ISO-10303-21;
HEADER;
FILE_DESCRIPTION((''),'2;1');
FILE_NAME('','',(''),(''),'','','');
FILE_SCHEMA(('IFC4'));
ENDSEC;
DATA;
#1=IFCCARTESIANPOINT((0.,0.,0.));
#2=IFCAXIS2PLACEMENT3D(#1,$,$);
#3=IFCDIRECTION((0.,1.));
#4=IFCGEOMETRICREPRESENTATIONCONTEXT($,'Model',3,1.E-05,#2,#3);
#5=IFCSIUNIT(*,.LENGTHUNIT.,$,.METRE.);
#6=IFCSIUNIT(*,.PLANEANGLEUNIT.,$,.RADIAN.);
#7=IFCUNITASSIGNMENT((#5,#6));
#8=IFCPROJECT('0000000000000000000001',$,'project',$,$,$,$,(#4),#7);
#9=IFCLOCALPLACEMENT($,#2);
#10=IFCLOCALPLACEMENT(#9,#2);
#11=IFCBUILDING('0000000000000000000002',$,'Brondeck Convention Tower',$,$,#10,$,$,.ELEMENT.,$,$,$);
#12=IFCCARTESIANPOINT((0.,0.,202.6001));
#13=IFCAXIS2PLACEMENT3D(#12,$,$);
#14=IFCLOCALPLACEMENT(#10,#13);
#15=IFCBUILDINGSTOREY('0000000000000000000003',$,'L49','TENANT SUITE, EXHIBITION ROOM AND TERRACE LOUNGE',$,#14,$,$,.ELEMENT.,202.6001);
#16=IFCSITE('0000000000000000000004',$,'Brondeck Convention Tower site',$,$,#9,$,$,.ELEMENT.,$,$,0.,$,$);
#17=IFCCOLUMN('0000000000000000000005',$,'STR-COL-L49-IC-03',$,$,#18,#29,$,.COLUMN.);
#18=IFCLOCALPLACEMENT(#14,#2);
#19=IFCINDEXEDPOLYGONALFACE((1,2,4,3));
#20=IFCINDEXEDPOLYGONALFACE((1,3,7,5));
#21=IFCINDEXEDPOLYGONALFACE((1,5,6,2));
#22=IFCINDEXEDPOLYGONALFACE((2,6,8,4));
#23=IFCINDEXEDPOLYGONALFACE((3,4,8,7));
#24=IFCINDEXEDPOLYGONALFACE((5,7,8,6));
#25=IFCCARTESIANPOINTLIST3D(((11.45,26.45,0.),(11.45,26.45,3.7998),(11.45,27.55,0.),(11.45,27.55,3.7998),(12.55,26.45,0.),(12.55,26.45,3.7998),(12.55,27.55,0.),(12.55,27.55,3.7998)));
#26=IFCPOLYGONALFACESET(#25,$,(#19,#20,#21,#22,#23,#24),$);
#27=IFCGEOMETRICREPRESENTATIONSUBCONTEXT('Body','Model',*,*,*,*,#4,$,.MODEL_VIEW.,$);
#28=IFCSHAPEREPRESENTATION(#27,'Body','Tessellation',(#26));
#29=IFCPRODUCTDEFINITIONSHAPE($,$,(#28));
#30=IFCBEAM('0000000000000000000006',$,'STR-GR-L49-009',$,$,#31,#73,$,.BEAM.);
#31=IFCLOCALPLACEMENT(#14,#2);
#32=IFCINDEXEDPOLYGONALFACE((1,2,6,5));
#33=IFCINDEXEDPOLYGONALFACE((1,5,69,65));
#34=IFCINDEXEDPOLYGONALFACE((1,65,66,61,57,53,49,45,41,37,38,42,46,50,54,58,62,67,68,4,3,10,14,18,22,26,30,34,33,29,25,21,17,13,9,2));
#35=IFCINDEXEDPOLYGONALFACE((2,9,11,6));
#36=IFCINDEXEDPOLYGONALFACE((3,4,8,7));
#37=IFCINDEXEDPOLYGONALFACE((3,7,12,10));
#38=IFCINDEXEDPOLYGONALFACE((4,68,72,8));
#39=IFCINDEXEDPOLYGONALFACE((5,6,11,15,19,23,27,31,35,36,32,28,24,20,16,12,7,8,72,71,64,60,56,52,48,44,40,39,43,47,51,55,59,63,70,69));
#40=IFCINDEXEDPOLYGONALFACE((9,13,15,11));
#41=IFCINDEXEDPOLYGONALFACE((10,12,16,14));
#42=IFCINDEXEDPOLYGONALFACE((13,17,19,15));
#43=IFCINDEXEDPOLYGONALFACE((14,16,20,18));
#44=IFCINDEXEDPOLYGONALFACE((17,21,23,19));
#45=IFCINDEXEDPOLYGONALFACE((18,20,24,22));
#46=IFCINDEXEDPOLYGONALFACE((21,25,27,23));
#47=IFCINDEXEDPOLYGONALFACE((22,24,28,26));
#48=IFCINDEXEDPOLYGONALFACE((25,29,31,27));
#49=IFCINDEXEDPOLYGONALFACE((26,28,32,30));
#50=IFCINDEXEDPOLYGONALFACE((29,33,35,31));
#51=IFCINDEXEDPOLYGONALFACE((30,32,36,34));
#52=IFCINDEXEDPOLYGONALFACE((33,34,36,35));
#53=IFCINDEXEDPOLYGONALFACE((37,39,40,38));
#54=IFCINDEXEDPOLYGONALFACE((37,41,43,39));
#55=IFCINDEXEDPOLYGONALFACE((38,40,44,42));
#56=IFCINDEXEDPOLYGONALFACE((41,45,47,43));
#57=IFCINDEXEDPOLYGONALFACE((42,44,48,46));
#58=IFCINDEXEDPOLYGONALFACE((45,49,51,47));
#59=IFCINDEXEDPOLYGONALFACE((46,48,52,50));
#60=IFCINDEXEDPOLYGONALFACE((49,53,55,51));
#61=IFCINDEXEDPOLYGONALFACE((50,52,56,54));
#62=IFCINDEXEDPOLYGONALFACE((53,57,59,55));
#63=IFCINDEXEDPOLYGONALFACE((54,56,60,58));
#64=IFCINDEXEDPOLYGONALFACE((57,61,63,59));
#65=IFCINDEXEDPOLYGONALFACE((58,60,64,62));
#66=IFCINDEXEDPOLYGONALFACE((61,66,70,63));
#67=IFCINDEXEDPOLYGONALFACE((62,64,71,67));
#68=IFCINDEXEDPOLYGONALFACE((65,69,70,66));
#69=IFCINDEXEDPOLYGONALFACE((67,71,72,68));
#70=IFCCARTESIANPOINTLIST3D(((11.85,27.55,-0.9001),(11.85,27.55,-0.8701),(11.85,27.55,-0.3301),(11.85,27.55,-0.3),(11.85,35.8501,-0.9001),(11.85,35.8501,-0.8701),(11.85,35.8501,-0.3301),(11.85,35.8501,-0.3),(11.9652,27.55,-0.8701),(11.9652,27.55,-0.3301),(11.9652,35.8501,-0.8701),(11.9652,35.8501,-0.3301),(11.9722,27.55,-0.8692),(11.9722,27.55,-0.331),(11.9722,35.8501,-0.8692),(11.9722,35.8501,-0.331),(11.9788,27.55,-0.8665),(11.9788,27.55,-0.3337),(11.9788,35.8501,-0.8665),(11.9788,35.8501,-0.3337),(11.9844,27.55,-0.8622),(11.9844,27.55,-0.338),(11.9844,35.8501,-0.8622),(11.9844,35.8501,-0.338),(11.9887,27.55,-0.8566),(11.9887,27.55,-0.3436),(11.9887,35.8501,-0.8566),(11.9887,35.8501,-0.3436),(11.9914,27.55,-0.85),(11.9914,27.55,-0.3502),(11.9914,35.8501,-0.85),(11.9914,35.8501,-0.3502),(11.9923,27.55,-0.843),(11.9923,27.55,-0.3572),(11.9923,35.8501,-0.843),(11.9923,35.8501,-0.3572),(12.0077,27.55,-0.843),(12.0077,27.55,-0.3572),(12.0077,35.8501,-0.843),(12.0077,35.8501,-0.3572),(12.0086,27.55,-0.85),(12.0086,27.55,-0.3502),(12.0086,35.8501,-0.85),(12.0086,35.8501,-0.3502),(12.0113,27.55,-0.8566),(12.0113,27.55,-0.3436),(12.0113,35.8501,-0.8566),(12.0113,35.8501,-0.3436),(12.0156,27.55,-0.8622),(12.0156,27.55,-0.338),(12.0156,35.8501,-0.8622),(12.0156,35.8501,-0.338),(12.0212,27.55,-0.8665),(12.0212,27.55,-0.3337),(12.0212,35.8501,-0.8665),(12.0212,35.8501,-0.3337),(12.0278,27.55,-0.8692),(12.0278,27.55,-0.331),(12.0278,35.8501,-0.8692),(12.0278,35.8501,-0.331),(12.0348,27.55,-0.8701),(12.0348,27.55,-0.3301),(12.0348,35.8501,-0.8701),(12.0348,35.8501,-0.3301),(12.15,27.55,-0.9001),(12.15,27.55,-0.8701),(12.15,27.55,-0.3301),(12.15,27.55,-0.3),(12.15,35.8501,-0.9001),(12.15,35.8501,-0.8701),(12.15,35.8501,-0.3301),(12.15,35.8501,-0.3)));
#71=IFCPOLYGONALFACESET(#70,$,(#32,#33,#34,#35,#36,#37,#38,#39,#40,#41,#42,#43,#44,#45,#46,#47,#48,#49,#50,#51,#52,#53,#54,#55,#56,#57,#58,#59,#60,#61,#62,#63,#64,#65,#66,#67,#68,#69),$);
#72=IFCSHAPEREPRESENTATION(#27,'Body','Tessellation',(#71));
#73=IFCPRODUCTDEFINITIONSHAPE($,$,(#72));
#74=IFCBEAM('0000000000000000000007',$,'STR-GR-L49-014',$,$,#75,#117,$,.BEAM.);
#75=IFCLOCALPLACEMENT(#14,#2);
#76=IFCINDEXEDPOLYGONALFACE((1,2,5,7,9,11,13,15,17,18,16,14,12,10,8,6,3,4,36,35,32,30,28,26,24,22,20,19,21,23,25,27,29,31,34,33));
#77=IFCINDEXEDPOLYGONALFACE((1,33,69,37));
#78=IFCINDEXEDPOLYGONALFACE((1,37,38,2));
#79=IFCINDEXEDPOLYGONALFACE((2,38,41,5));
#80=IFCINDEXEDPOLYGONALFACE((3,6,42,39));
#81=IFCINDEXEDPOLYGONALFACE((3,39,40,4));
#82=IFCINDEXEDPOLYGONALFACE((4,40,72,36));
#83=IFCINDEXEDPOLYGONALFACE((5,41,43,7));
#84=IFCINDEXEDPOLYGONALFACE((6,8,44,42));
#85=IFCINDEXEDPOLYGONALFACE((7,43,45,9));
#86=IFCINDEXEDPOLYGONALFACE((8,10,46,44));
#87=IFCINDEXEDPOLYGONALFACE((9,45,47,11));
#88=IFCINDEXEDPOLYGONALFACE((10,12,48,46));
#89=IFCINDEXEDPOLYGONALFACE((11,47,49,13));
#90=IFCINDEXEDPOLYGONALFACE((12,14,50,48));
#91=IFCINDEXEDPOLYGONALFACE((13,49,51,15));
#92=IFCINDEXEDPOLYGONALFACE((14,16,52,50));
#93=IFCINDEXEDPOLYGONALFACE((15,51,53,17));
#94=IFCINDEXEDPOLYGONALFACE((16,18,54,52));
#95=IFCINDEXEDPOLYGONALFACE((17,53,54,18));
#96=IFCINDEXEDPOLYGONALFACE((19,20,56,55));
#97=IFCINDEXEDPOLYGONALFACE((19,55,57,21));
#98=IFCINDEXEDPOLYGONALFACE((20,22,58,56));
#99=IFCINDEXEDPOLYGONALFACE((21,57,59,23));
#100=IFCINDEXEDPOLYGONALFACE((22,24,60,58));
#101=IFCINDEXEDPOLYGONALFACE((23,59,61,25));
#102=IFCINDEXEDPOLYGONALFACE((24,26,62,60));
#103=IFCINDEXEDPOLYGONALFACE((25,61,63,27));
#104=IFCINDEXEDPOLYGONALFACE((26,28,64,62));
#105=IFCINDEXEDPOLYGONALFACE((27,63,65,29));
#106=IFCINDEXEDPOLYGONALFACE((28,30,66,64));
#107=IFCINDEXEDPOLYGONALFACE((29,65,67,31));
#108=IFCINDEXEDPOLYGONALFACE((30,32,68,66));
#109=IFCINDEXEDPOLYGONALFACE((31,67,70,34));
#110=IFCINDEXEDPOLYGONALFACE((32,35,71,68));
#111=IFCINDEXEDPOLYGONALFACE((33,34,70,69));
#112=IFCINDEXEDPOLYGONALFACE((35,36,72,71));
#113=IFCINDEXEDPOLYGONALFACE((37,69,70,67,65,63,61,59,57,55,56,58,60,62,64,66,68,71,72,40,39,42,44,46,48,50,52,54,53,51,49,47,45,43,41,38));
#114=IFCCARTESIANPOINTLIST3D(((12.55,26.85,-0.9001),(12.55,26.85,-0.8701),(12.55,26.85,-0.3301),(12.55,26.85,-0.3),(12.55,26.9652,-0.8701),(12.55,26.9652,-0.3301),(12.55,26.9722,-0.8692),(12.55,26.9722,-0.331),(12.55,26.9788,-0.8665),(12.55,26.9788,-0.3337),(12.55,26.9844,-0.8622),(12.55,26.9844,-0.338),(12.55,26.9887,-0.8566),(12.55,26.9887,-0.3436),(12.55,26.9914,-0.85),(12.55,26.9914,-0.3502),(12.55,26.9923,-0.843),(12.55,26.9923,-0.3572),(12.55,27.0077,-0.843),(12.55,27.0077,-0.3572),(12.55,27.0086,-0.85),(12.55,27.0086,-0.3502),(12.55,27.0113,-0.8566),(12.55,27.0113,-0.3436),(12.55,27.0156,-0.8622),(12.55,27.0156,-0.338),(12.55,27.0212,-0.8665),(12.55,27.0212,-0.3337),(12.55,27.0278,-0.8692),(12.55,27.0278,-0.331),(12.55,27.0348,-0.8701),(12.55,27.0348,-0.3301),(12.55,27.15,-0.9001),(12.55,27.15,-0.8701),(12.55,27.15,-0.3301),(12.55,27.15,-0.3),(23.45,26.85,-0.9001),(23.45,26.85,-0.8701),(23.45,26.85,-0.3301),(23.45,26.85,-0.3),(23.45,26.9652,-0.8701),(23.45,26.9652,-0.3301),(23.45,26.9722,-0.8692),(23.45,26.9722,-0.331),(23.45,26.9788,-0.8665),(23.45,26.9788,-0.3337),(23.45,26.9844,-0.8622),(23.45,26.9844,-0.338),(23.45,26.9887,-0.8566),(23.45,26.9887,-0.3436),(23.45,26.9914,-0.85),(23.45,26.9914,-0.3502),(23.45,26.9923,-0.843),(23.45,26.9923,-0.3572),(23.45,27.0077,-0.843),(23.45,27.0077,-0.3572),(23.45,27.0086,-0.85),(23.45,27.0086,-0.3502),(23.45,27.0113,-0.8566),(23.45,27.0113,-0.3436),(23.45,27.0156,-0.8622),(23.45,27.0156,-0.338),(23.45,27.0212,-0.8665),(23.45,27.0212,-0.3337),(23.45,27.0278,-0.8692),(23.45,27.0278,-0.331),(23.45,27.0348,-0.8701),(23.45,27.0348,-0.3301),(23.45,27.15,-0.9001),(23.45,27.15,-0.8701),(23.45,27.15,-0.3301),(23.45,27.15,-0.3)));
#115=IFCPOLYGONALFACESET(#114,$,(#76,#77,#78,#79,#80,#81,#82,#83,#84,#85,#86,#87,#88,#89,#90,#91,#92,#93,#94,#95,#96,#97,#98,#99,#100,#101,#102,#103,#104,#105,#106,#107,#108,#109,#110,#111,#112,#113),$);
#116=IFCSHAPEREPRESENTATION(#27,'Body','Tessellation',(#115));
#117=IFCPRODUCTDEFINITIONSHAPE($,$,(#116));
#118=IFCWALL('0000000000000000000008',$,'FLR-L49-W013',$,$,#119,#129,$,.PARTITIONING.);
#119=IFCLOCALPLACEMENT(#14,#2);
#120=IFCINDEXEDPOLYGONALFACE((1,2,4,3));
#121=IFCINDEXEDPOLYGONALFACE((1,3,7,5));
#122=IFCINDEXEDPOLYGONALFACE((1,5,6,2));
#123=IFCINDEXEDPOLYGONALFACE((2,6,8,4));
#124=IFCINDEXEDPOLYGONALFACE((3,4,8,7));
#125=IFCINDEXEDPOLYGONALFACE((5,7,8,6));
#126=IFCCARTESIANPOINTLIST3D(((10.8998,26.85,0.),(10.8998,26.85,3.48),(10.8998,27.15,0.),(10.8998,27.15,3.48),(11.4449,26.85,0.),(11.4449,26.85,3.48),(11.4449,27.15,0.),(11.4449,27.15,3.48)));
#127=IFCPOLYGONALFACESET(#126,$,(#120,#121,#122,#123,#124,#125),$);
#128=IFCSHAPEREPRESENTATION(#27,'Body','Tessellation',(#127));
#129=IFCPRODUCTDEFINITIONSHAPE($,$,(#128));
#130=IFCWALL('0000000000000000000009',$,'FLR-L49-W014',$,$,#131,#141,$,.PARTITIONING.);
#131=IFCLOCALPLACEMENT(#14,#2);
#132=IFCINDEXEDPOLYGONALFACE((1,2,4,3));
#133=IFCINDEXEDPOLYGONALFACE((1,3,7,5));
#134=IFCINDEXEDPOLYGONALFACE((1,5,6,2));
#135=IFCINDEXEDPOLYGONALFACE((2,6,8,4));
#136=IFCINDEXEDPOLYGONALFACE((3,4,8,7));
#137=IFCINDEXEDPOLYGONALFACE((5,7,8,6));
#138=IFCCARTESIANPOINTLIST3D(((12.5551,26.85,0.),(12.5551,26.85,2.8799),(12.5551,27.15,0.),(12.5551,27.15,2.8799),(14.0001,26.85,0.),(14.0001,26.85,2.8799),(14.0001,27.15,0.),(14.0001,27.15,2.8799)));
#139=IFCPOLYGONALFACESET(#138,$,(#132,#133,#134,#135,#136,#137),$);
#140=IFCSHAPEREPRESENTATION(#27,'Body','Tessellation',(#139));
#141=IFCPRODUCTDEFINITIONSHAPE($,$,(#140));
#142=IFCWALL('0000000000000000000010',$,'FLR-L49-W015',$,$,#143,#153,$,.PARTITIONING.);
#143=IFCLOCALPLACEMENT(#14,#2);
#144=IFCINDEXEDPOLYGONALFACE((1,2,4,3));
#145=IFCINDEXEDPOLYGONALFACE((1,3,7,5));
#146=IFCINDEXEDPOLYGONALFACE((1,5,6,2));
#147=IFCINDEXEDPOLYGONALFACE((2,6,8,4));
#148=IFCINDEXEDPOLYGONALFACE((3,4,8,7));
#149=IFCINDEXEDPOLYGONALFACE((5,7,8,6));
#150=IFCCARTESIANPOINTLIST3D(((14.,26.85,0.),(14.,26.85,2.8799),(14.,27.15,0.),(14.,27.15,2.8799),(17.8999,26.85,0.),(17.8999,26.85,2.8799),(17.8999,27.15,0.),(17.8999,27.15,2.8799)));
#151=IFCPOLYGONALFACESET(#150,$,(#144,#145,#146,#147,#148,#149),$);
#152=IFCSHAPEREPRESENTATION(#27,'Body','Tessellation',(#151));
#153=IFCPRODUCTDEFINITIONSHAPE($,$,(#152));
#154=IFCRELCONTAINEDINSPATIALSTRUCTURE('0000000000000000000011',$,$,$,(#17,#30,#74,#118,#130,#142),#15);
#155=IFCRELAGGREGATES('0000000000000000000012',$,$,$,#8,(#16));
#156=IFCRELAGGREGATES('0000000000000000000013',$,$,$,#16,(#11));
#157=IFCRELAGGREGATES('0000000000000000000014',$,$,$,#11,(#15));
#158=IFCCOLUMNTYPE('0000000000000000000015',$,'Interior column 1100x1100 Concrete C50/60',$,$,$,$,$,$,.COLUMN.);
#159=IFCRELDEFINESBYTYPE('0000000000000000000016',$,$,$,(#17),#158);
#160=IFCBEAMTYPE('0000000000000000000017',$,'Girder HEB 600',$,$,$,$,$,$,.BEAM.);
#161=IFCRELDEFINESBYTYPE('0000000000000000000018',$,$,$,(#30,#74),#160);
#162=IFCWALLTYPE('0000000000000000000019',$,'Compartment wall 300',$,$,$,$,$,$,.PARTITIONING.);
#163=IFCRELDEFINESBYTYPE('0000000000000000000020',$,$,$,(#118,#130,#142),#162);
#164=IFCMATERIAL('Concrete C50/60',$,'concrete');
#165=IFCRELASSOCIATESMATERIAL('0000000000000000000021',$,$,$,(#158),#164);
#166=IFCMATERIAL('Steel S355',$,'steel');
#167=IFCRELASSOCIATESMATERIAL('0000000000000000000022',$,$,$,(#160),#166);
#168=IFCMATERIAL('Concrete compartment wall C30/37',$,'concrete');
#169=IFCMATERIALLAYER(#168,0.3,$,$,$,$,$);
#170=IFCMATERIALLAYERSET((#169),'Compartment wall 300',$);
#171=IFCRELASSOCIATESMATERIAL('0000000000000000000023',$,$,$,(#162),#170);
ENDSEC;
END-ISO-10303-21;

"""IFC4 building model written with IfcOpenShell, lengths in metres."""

from ifc_helpers import new_model, si_unit, direction, frame, frame_2d, origin, origin_2d, place, context, subcontext, project, spatial, rectangle, i_section, extrude, material, layer, layer_set, material_profile, profile_set, type_object, element, save


model = new_model("IFC4")

# Units and contexts
model_context = context("Model", 3, precision=1e-05, world=origin(), true_north=direction((0.0, 1.0)))
body_context = subcontext(model_context, "Body", "Model", "MODEL_VIEW")
ifc_project = project(units=[si_unit("LENGTHUNIT", "METRE"), si_unit("PLANEANGLEUNIT", "RADIAN")], contexts=[model_context])

# Site, building, storey
site_placement = place(None, origin())
site = spatial("IfcSite", under=ifc_project, at=site_placement, Name="Brondeck Convention Tower site", CompositionType="ELEMENT", RefElevation=0.0)
building_placement = place(site_placement, origin())
building = spatial("IfcBuilding", under=site, at=building_placement, Name="Brondeck Convention Tower", CompositionType="ELEMENT")
storey_placement = place(building_placement, frame((0.0, 0.0, 202.6001)))
storey = spatial("IfcBuildingStorey", under=building, at=storey_placement, Name="L49", Description="TENANT SUITE, EXHIBITION ROOM AND TERRACE LOUNGE", CompositionType="ELEMENT", Elevation=202.6001)

# Column
ifc_material_1 = material(Name="Concrete C50/60", Category="concrete")
ifc_material_profile_1 = material_profile(ifc_material_1, rectangle(XDim=1.1001, YDim=1.1001, at=origin_2d()), Name="Interior column 1100x1100 Concrete C50/60")
ifc_profile_set_1 = profile_set([ifc_material_profile_1], Name="Concrete C50/60")
column_type = type_object("IfcColumnType", Name="Interior column 1100x1100 Concrete C50/60", PredefinedType="COLUMN", material=ifc_profile_set_1)
column_placement = place(storey_placement, frame((12.0, 27.0, 0.0), z_axis=(0.0, 0.0, 1.0), x_axis=(1.0, 0.0, 0.0)))
element("IfcColumn", 1, at=column_placement, inside=storey, type_object=column_type, Name="STR-COL-L49-IC-03", PredefinedType="COLUMN", context=body_context, shape_type="SweptSolid", body=[
    extrude(rectangle(XDim=1.1001, YDim=1.1001, at=origin_2d()), origin(), (0.0, 0.0, 1.0), 3.7998),
])

# Beams
ifc_material_2 = material(Name="Steel S355", Category="steel")
ifc_material_profile_2 = material_profile(ifc_material_2, i_section(OverallWidth=0.3, OverallDepth=0.6001, WebThickness=0.0154, FlangeThickness=0.03, FilletRadius=0.0271, at=origin_2d()), Name="HEB 600")
ifc_profile_set_2 = profile_set([ifc_material_profile_2], Name="Steel S355")
beam_type = type_object("IfcBeamType", Name="Girder HEB 600", PredefinedType="BEAM", material=ifc_profile_set_2)
beam_1_placement = place(storey_placement, frame((12.0, 35.8501, -0.6001), z_axis=(0.0, -1.0, 0.0), x_axis=(1.0, 0.0, 0.0)))
element("IfcBeam", 2, at=beam_1_placement, inside=storey, type_object=beam_type, Name="STR-GR-L49-009", PredefinedType="BEAM", context=body_context, shape_type="SweptSolid", body=[
    extrude(i_section(OverallWidth=0.3, OverallDepth=0.6001, WebThickness=0.0154, FlangeThickness=0.03, FilletRadius=0.0271, at=origin_2d()), origin(), (0.0, 0.0, 1.0), 8.3),
])
beam_2_placement = place(storey_placement, frame((12.55, 27.0, -0.6001), z_axis=(1.0, 0.0, 0.0), x_axis=(0.0, 1.0, 0.0)))
element("IfcBeam", 3, at=beam_2_placement, inside=storey, type_object=beam_type, Name="STR-GR-L49-014", PredefinedType="BEAM", context=body_context, shape_type="SweptSolid", body=[
    extrude(i_section(OverallWidth=0.3, OverallDepth=0.6001, WebThickness=0.0154, FlangeThickness=0.03, FilletRadius=0.0271, at=origin_2d()), origin(), (0.0, 0.0, 1.0), 10.8999),
])

# Walls
ifc_material_3 = material(Name="Concrete compartment wall C30/37", Category="concrete")
ifc_layer_1 = layer(ifc_material_3, 0.3)
ifc_layer_set_1 = layer_set([ifc_layer_1], Name="Compartment wall 300")
wall_type_1 = type_object("IfcWallType", Name="Compartment wall 300", PredefinedType="PARTITIONING", material=ifc_layer_set_1)
wall_1_placement = place(storey_placement, frame((10.8999, 27.0, 0.0), z_axis=(0.0, 0.0, 1.0), x_axis=(1.0, 0.0, 0.0)))
element("IfcWall", 4, at=wall_1_placement, inside=storey, type_object=wall_type_1, Name="FLR-L49-W013", PredefinedType="PARTITIONING", context=body_context, shape_type="SweptSolid", body=[
    extrude(rectangle(XDim=0.5452, YDim=0.3, at=frame_2d((0.2725, 0.0))), origin(), (0.0, 0.0, 1.0), 3.48),
])
wall_2_placement = place(storey_placement, frame((12.5549, 27.0, 0.0), z_axis=(0.0, 0.0, 1.0), x_axis=(1.0, 0.0, 0.0)))
element("IfcWall", 5, at=wall_2_placement, inside=storey, type_object=wall_type_1, Name="FLR-L49-W014", PredefinedType="PARTITIONING", context=body_context, shape_type="SweptSolid", body=[
    extrude(rectangle(XDim=1.4451, YDim=0.3, at=frame_2d((0.7227, 0.0))), origin(), (0.0, 0.0, 1.0), 2.8799),
])
wall_3_placement = place(storey_placement, frame((14.0, 27.0, 0.0), z_axis=(0.0, 0.0, 1.0), x_axis=(1.0, 0.0, 0.0)))
element("IfcWall", 6, at=wall_3_placement, inside=storey, type_object=wall_type_1, Name="FLR-L49-W015", PredefinedType="PARTITIONING", context=body_context, shape_type="SweptSolid", body=[
    extrude(rectangle(XDim=3.8999, YDim=0.3, at=frame_2d((1.95, 0.0))), origin(), (0.0, 0.0, 1.0), 2.8799),
])

save(model, "model.ifc")
